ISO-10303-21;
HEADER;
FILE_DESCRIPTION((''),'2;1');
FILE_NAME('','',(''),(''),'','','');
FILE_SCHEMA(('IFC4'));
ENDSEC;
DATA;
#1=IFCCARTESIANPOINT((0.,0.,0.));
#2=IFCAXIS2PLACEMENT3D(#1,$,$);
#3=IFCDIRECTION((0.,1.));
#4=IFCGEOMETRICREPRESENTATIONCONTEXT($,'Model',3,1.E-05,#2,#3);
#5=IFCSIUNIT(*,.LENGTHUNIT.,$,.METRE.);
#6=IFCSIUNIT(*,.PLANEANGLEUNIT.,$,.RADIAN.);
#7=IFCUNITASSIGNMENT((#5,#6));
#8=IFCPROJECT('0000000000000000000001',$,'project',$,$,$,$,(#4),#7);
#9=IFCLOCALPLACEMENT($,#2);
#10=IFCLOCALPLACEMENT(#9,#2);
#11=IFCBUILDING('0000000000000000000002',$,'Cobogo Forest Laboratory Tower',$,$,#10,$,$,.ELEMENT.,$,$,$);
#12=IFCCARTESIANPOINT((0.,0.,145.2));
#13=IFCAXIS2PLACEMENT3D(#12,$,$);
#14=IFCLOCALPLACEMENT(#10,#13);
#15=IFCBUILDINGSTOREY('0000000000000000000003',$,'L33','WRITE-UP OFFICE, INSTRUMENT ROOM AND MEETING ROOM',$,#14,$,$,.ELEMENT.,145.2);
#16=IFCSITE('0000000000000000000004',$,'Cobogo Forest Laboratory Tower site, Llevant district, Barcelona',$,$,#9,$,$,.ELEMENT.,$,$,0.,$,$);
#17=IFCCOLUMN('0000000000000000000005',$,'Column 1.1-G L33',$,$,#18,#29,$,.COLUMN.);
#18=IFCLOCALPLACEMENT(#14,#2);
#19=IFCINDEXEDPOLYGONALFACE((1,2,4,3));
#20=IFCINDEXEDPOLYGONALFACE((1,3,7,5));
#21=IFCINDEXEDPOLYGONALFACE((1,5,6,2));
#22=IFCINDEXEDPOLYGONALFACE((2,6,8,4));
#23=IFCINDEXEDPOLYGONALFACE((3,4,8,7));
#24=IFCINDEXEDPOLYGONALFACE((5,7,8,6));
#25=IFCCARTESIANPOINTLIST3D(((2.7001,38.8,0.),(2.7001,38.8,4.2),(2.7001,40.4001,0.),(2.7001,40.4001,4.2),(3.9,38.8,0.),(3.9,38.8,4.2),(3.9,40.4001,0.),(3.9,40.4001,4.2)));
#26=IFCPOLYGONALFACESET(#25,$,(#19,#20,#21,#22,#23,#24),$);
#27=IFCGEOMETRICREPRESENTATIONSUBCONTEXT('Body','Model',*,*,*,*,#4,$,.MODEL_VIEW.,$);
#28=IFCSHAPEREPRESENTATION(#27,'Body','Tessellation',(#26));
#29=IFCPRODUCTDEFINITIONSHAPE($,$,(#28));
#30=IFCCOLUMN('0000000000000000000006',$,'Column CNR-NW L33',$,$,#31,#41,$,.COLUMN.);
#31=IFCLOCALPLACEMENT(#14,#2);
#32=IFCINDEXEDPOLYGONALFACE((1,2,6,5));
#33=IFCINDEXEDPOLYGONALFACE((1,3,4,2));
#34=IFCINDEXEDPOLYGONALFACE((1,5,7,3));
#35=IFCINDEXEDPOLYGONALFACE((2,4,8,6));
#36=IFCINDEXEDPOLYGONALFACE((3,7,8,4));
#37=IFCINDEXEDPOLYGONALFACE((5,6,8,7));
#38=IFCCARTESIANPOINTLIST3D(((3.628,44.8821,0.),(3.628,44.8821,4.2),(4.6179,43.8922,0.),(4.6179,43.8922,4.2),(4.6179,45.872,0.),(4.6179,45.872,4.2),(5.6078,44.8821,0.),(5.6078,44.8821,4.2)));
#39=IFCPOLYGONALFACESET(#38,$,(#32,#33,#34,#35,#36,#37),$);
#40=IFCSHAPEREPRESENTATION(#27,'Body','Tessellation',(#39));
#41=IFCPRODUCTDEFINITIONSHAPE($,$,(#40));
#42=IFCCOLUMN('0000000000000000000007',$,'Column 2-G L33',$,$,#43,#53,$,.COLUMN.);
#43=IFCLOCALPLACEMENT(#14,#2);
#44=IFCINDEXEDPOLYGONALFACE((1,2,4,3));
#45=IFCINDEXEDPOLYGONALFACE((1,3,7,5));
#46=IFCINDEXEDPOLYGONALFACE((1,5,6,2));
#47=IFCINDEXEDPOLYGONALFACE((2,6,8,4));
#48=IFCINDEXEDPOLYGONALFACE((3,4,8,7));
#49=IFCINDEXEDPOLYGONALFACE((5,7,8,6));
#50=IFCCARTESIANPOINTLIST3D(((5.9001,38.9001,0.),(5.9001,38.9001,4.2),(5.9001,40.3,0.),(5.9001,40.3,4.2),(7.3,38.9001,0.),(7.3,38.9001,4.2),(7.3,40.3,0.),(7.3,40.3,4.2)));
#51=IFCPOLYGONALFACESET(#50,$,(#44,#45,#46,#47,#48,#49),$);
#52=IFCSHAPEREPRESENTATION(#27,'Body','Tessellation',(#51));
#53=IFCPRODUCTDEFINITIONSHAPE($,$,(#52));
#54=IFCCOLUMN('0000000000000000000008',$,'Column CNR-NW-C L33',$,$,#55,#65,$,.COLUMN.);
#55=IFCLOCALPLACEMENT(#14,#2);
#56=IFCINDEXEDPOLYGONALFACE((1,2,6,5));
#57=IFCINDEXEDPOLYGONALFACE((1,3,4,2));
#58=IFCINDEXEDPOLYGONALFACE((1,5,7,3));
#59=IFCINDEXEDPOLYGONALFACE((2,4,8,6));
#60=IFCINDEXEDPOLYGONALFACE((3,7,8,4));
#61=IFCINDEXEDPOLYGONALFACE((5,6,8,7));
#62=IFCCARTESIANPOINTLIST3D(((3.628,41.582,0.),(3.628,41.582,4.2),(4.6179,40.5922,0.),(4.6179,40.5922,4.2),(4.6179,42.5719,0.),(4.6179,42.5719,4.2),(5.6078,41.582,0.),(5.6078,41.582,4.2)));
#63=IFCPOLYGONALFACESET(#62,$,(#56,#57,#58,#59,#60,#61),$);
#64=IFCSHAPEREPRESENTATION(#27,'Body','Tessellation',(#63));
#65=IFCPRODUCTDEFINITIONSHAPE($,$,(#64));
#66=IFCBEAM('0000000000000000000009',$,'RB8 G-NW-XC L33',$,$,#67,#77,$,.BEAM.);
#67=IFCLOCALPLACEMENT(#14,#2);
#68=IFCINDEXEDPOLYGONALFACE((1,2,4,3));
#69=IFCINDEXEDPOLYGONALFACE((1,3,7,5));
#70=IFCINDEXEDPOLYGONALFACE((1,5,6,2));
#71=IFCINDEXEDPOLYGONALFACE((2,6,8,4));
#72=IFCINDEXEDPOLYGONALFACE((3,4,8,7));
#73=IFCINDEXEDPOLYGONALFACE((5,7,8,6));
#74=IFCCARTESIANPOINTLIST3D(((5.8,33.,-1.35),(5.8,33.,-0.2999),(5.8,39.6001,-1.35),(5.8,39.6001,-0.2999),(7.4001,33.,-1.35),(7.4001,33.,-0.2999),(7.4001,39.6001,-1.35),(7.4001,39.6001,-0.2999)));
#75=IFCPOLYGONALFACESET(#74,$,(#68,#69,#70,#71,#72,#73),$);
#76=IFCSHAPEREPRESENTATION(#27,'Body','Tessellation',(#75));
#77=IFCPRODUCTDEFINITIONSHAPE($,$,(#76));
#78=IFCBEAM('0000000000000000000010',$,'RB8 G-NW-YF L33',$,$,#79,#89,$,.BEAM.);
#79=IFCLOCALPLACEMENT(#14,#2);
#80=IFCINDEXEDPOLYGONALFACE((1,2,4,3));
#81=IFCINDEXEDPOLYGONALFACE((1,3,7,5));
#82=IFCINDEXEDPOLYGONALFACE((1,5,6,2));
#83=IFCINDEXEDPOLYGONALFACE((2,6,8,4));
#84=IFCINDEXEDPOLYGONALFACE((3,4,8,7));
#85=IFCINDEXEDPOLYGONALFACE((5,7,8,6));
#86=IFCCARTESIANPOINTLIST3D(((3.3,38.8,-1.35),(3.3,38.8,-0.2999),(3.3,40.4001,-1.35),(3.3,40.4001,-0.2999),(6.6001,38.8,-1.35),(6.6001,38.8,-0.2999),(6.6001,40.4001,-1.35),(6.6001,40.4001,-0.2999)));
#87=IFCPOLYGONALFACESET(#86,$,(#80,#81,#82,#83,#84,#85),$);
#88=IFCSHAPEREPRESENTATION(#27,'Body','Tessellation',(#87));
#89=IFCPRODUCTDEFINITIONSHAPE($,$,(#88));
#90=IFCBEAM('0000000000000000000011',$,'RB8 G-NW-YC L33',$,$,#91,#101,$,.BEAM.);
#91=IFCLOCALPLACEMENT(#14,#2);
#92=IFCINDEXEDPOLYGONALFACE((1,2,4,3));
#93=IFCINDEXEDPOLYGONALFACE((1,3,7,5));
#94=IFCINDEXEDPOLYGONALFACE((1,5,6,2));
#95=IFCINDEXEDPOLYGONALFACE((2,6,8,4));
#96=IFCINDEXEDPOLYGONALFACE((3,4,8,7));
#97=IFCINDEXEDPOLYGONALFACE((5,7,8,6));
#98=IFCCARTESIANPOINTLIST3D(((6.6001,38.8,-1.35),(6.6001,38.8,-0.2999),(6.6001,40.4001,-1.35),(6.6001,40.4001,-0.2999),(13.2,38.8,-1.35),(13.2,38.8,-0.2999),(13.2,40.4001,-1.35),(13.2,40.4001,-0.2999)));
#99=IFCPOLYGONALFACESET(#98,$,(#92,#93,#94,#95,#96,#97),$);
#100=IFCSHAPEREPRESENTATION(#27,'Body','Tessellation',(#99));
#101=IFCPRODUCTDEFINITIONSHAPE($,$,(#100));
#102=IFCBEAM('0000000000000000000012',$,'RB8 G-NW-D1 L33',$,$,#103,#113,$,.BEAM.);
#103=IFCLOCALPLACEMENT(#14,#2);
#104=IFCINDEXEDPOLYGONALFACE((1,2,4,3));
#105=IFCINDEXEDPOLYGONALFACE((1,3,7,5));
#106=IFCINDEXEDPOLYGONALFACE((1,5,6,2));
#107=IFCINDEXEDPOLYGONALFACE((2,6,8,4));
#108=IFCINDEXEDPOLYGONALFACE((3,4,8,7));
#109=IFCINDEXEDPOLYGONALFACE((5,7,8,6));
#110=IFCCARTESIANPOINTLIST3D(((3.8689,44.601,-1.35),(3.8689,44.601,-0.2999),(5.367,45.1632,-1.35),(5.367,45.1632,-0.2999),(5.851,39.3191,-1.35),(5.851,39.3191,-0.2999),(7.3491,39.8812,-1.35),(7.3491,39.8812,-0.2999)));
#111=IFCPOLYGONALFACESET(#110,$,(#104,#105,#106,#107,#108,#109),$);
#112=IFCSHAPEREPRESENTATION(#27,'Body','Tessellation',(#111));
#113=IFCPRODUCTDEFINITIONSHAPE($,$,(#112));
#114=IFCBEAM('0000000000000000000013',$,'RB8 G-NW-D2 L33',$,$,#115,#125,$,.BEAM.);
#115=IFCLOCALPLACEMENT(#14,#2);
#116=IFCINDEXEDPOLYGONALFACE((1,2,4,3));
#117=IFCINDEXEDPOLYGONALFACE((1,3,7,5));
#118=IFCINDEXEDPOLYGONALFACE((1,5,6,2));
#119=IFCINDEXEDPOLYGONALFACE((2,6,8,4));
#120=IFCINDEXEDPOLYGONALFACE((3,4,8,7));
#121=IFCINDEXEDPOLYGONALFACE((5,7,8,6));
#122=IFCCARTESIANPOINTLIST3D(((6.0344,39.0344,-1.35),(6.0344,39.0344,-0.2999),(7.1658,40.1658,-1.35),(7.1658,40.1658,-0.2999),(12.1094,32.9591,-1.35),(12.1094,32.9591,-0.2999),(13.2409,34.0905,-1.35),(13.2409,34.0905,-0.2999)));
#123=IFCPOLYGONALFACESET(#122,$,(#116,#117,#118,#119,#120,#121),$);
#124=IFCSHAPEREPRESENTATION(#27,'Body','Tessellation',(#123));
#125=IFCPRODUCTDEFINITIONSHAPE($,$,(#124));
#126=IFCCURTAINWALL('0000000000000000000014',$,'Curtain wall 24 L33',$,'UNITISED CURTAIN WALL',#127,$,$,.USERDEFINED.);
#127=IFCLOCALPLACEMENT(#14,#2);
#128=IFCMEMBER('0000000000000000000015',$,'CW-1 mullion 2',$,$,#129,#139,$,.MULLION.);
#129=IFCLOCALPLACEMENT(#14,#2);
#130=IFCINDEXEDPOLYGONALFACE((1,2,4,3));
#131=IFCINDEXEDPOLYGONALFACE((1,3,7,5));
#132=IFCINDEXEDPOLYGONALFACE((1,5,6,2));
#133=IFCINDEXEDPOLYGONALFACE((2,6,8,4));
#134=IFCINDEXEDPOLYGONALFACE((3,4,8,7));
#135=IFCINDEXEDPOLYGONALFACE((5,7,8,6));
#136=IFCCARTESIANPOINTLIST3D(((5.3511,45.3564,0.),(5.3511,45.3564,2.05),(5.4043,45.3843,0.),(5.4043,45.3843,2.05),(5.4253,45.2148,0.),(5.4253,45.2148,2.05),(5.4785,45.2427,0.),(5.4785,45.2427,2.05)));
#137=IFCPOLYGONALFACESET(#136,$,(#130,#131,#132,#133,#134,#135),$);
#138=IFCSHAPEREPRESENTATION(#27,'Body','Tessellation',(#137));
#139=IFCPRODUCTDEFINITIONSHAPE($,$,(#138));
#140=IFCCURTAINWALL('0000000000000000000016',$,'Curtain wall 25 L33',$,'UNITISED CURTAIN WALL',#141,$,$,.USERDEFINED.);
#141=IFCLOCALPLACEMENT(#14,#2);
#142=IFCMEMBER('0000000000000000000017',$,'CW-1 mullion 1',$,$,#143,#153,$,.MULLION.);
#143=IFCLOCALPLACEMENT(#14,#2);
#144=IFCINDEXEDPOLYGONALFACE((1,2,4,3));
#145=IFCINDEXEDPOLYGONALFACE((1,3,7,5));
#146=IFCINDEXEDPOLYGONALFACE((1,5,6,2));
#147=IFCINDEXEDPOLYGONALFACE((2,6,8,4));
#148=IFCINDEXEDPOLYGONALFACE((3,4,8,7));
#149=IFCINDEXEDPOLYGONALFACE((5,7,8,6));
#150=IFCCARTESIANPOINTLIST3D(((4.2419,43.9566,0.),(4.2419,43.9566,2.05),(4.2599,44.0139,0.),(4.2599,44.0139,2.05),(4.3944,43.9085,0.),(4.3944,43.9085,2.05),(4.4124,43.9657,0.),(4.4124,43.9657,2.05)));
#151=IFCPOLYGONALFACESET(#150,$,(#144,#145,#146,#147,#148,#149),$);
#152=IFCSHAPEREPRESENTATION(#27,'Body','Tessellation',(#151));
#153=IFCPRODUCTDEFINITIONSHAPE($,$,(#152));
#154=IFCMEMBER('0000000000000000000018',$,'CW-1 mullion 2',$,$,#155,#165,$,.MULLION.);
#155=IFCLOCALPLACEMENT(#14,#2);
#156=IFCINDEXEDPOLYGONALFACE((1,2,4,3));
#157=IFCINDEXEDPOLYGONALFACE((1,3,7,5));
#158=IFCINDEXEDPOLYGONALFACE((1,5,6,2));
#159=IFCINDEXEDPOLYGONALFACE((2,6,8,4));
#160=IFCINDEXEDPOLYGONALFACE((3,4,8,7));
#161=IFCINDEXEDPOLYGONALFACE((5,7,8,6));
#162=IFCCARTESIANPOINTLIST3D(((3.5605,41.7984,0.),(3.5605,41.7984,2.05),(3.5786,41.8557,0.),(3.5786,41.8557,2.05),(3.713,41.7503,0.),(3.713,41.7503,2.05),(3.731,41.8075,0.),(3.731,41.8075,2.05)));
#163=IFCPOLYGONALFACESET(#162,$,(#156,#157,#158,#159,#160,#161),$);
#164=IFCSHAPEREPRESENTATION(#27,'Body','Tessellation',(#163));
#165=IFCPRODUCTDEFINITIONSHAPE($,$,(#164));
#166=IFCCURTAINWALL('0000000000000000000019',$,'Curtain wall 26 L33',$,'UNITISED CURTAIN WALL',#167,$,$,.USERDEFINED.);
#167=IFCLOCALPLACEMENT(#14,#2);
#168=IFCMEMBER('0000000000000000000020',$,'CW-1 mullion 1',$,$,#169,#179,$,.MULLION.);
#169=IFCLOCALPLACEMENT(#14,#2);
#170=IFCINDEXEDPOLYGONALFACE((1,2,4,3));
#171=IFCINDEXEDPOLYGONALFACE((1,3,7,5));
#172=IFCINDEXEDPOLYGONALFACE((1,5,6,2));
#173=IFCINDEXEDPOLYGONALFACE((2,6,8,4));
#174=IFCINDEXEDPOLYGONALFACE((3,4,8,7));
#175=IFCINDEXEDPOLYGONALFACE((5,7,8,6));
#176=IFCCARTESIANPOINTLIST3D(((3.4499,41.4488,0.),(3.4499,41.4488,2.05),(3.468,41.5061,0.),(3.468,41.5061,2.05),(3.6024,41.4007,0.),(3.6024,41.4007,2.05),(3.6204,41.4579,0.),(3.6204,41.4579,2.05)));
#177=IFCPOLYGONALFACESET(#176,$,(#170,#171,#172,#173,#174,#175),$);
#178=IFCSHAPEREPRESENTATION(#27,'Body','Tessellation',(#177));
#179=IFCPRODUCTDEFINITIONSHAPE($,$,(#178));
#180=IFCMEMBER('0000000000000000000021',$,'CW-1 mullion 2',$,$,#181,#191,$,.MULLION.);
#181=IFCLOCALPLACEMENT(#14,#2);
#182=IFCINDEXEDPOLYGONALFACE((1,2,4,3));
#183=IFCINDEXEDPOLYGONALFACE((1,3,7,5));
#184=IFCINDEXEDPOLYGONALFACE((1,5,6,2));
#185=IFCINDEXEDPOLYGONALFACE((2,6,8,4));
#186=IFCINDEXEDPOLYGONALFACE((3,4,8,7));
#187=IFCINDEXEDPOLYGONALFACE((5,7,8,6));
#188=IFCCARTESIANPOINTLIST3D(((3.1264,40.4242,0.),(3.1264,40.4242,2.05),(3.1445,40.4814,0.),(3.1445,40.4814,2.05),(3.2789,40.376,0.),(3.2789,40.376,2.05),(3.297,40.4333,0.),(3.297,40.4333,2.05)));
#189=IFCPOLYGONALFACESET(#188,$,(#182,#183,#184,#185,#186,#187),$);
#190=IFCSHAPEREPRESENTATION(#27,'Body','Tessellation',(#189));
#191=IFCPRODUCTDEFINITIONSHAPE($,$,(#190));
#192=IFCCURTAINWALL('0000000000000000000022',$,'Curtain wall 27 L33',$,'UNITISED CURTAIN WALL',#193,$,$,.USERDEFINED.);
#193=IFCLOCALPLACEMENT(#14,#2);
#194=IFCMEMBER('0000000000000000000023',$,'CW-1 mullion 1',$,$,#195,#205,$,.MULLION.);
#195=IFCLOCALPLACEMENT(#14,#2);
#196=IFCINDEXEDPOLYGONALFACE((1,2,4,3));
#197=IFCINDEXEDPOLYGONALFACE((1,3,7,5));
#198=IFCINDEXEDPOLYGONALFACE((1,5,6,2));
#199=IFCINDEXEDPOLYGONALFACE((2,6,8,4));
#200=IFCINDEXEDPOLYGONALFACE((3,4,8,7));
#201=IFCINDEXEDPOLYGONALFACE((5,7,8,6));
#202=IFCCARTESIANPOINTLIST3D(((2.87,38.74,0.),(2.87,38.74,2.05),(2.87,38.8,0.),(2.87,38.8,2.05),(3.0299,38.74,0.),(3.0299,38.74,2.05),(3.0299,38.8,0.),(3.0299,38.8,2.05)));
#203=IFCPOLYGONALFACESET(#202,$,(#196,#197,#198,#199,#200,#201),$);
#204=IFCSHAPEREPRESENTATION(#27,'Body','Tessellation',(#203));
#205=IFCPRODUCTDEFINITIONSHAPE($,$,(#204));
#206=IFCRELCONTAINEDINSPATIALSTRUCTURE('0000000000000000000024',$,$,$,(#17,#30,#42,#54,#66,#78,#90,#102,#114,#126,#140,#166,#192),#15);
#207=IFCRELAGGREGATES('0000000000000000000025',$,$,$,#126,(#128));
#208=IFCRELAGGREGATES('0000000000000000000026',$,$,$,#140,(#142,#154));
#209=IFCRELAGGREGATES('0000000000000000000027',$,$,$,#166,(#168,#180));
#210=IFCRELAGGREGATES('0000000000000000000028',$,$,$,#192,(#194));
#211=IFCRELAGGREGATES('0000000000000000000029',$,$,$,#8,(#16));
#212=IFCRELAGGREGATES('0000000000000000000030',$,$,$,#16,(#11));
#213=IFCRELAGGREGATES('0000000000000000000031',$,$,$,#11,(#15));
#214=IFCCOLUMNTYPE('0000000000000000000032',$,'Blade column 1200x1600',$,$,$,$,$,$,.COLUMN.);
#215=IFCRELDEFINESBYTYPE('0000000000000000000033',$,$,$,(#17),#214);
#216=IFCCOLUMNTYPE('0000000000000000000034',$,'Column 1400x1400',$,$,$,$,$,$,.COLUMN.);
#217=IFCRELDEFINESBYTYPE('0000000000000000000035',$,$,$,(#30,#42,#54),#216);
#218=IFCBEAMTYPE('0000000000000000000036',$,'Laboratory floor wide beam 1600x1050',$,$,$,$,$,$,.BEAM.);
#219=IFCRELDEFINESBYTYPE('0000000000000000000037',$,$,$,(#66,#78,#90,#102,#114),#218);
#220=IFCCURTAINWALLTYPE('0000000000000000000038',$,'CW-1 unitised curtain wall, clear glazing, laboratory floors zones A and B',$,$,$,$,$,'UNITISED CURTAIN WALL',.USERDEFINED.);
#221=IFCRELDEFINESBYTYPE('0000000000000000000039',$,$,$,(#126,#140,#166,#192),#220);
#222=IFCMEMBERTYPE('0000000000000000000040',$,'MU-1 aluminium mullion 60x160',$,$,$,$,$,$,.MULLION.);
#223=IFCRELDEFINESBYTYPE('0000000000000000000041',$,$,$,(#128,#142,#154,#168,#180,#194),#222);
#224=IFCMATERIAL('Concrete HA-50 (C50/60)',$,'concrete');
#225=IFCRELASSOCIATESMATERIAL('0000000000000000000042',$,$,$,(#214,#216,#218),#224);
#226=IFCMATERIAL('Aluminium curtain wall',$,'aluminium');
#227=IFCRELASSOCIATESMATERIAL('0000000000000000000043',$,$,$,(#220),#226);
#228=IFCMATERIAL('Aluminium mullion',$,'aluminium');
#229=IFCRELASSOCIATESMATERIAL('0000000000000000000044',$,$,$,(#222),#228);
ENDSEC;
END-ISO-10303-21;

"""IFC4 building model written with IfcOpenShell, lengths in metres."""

from ifc_helpers import new_model, si_unit, direction, frame, origin, origin_2d, place, context, subcontext, project, spatial, rectangle, extrude, material, material_profile, profile_set, type_object, element, aggregate, save


model = new_model("IFC4")

# Units and contexts
model_context = context("Model", 3, precision=1e-05, world=origin(), true_north=direction((0.0, 1.0)))
body_context = subcontext(model_context, "Body", "Model", "MODEL_VIEW")
ifc_project = project(units=[si_unit("LENGTHUNIT", "METRE"), si_unit("PLANEANGLEUNIT", "RADIAN")], contexts=[model_context])

# Site, building, storey
site_placement = place(None, origin())
site = spatial("IfcSite", under=ifc_project, at=site_placement, Name="Cobogo Forest Laboratory Tower site, Llevant district, Barcelona", CompositionType="ELEMENT", RefElevation=0.0)
building_placement = place(site_placement, origin())
building = spatial("IfcBuilding", under=site, at=building_placement, Name="Cobogo Forest Laboratory Tower", CompositionType="ELEMENT")
storey_placement = place(building_placement, frame((0.0, 0.0, 145.2)))
storey = spatial("IfcBuildingStorey", under=building, at=storey_placement, Name="L33", Description="WRITE-UP OFFICE, INSTRUMENT ROOM AND MEETING ROOM", CompositionType="ELEMENT", Elevation=145.2)

# Columns
ifc_material_1 = material(Name="Concrete HA-50 (C50/60)", Category="concrete")
ifc_material_profile_1 = material_profile(ifc_material_1, rectangle(XDim=1.6001, YDim=1.2, at=origin_2d()), Name="RC 1200x1600")
ifc_profile_set_1 = profile_set([ifc_material_profile_1], Name="Concrete HA-50 (C50/60)")
column_type_1 = type_object("IfcColumnType", Name="Blade column 1200x1600", PredefinedType="COLUMN", material=ifc_profile_set_1)
column_placement = place(storey_placement, frame((3.3, 39.6001, 0.0), z_axis=(0.0, 0.0, 1.0), x_axis=(0.0, 1.0, 0.0)))
element("IfcColumn", 1, at=column_placement, inside=storey, type_object=column_type_1, Name="Column 1.1-G L33", PredefinedType="COLUMN", context=body_context, shape_type="SweptSolid", body=[
    extrude(rectangle(XDim=1.6001, YDim=1.2, at=origin_2d()), origin(), (0.0, 0.0, 1.0), 4.2),
])
ifc_material_profile_2 = material_profile(ifc_material_1, rectangle(XDim=1.3999, YDim=1.3999, at=origin_2d()), Name="RC 1400x1400")
ifc_profile_set_2 = profile_set([ifc_material_profile_2], Name="Concrete HA-50 (C50/60)")
column_type_2 = type_object("IfcColumnType", Name="Column 1400x1400", PredefinedType="COLUMN", material=ifc_profile_set_2)
for number, where, z_axis, x_axis, name in (
    (2, (4.6179, 44.8821, 0.0), (0.0, 0.0, 1.0), (0.707107, 0.707107, 0.0), "Column CNR-NW L33"),
    (3, (6.6001, 39.6001, 0.0), (0.0, 0.0, 1.0), (1.0, 0.0, 0.0), "Column 2-G L33"),
    (4, (4.6179, 41.582, 0.0), (0.0, 0.0, 1.0), (0.707107, 0.707107, 0.0), "Column CNR-NW-C L33"),
):
    element("IfcColumn", number, at=place(storey_placement, frame(where, z_axis=z_axis, x_axis=x_axis)), inside=storey, type_object=column_type_2, Name=name, PredefinedType="COLUMN", context=body_context, shape_type="SweptSolid", body=[
        extrude(rectangle(XDim=1.3999, YDim=1.3999, at=origin_2d()), origin(), (0.0, 0.0, 1.0), 4.2),
    ])

# Beams
ifc_material_profile_3 = material_profile(ifc_material_1, rectangle(XDim=1.6001, YDim=1.05, at=origin_2d()), Name="RC 1600x1050")
ifc_profile_set_3 = profile_set([ifc_material_profile_3], Name="Concrete HA-50 (C50/60)")
beam_type_1 = type_object("IfcBeamType", Name="Laboratory floor wide beam 1600x1050", PredefinedType="BEAM", material=ifc_profile_set_3)
beam_1_placement = place(storey_placement, frame((6.6001, 39.6001, -0.825), z_axis=(0.0, -1.0, 0.0), x_axis=(1.0, 0.0, 0.0)))
element("IfcBeam", 5, at=beam_1_placement, inside=storey, type_object=beam_type_1, Name="RB8 G-NW-XC L33", PredefinedType="BEAM", context=body_context, shape_type="SweptSolid", body=[
    extrude(rectangle(XDim=1.6001, YDim=1.05, at=origin_2d()), origin(), (0.0, 0.0, 1.0), 6.6001),
])
beam_2_placement = place(storey_placement, frame((3.3, 39.6001, -0.825), z_axis=(1.0, 0.0, 0.0), x_axis=(0.0, 1.0, 0.0)))
element("IfcBeam", 6, at=beam_2_placement, inside=storey, type_object=beam_type_1, Name="RB8 G-NW-YF L33", PredefinedType="BEAM", context=body_context, shape_type="SweptSolid", body=[
    extrude(rectangle(XDim=1.6001, YDim=1.05, at=origin_2d()), origin(), (0.0, 0.0, 1.0), 3.3),
])
beam_3_placement = place(storey_placement, frame((6.6001, 39.6001, -0.825), z_axis=(1.0, 0.0, 0.0), x_axis=(0.0, 1.0, 0.0)))
element("IfcBeam", 7, at=beam_3_placement, inside=storey, type_object=beam_type_1, Name="RB8 G-NW-YC L33", PredefinedType="BEAM", context=body_context, shape_type="SweptSolid", body=[
    extrude(rectangle(XDim=1.6001, YDim=1.05, at=origin_2d()), origin(), (0.0, 0.0, 1.0), 6.5999),
])
beam_4_placement = place(storey_placement, frame((4.6179, 44.8821, -0.825), z_axis=(0.351346, -0.936246, 0.0), x_axis=(0.936246, 0.351346, 0.0)))
element("IfcBeam", 8, at=beam_4_placement, inside=storey, type_object=beam_type_1, Name="RB8 G-NW-D1 L33", PredefinedType="BEAM", context=body_context, shape_type="SweptSolid", body=[
    extrude(rectangle(XDim=1.6001, YDim=1.05, at=origin_2d()), origin(), (0.0, 0.0, 1.0), 5.6416),
])
beam_5_placement = place(storey_placement, frame((6.6001, 39.6001, -0.825), z_axis=(0.707093, -0.707121, 0.0), x_axis=(0.707121, 0.707093, 0.0)))
element("IfcBeam", 9, at=beam_5_placement, inside=storey, type_object=beam_type_1, Name="RB8 G-NW-D2 L33", PredefinedType="BEAM", context=body_context, shape_type="SweptSolid", body=[
    extrude(rectangle(XDim=1.6001, YDim=1.05, at=origin_2d()), origin(), (0.0, 0.0, 1.0), 8.5916),
])

# Curtain wall, member
ifc_material_2 = material(Name="Aluminium curtain wall", Category="aluminium")
curtain_wall_type = type_object("IfcCurtainWallType", Name="CW-1 unitised curtain wall, clear glazing, laboratory floors zones A and B", ElementType="UNITISED CURTAIN WALL", PredefinedType="USERDEFINED", material=ifc_material_2)
curtain_wall_1_placement = place(storey_placement, origin())
curtain_wall_1 = element("IfcCurtainWall", 10, at=curtain_wall_1_placement, inside=storey, type_object=curtain_wall_type, Name="Curtain wall 24 L33", ObjectType="UNITISED CURTAIN WALL", PredefinedType="USERDEFINED")
ifc_material_3 = material(Name="Aluminium mullion", Category="aluminium")
ifc_material_profile_4 = material_profile(ifc_material_3, rectangle(XDim=0.0601, YDim=0.1599, at=origin_2d()), Name="AL 60x160")
ifc_profile_set_4 = profile_set([ifc_material_profile_4], Name="Aluminium mullion")
member_type_1 = type_object("IfcMemberType", Name="MU-1 aluminium mullion 60x160", PredefinedType="MULLION", material=ifc_profile_set_4)
member_1_placement = place(storey_placement, frame((5.4148, 45.2996, 0.0), z_axis=(0.0, 0.0, 1.0), x_axis=(-0.885687, -0.464284, 0.0)))
member_1 = element("IfcMember", 11, at=member_1_placement, type_object=member_type_1, Name="CW-1 mullion 2", PredefinedType="MULLION", context=body_context, shape_type="SweptSolid", body=[
    extrude(rectangle(XDim=0.0601, YDim=0.1599, at=origin_2d()), origin(), (0.0, 0.0, 1.0), 2.05),
])

# Curtain walls, members
curtain_wall_2_placement = place(storey_placement, origin())
curtain_wall_2 = element("IfcCurtainWall", 12, at=curtain_wall_2_placement, inside=storey, type_object=curtain_wall_type, Name="Curtain wall 25 L33", ObjectType="UNITISED CURTAIN WALL", PredefinedType="USERDEFINED")
member_2_placement = place(storey_placement, frame((4.3271, 43.9612, 0.0), z_axis=(0.0, 0.0, 1.0), x_axis=(-0.301135, -0.953581, 0.0)))
member_2 = element("IfcMember", 13, at=member_2_placement, type_object=member_type_1, Name="CW-1 mullion 1", PredefinedType="MULLION", context=body_context, shape_type="SweptSolid", body=[
    extrude(rectangle(XDim=0.0601, YDim=0.1599, at=origin_2d()), origin(), (0.0, 0.0, 1.0), 2.05),
])
member_3_placement = place(storey_placement, frame((3.6458, 41.803, 0.0), z_axis=(0.0, 0.0, 1.0), x_axis=(-0.301135, -0.953581, 0.0)))
member_3 = element("IfcMember", 14, at=member_3_placement, type_object=member_type_1, Name="CW-1 mullion 2", PredefinedType="MULLION", context=body_context, shape_type="SweptSolid", body=[
    extrude(rectangle(XDim=0.0601, YDim=0.1599, at=origin_2d()), origin(), (0.0, 0.0, 1.0), 2.05),
])
curtain_wall_3_placement = place(storey_placement, origin())
curtain_wall_3 = element("IfcCurtainWall", 15, at=curtain_wall_3_placement, inside=storey, type_object=curtain_wall_type, Name="Curtain wall 26 L33", ObjectType="UNITISED CURTAIN WALL", PredefinedType="USERDEFINED")
member_4_placement = place(storey_placement, frame((3.5352, 41.4534, 0.0), z_axis=(0.0, 0.0, 1.0), x_axis=(-0.301136, -0.953581, 0.0)))
member_4 = element("IfcMember", 16, at=member_4_placement, type_object=member_type_1, Name="CW-1 mullion 1", PredefinedType="MULLION", context=body_context, shape_type="SweptSolid", body=[
    extrude(rectangle(XDim=0.0601, YDim=0.1599, at=origin_2d()), origin(), (0.0, 0.0, 1.0), 2.05),
])
member_5_placement = place(storey_placement, frame((3.2117, 40.4287, 0.0), z_axis=(0.0, 0.0, 1.0), x_axis=(-0.301136, -0.953581, 0.0)))
member_5 = element("IfcMember", 17, at=member_5_placement, type_object=member_type_1, Name="CW-1 mullion 2", PredefinedType="MULLION", context=body_context, shape_type="SweptSolid", body=[
    extrude(rectangle(XDim=0.0601, YDim=0.1599, at=origin_2d()), origin(), (0.0, 0.0, 1.0), 2.05),
])
curtain_wall_4_placement = place(storey_placement, origin())
curtain_wall_4 = element("IfcCurtainWall", 18, at=curtain_wall_4_placement, inside=storey, type_object=curtain_wall_type, Name="Curtain wall 27 L33", ObjectType="UNITISED CURTAIN WALL", PredefinedType="USERDEFINED")
member_6_placement = place(storey_placement, frame((2.95, 38.77, 0.0), z_axis=(0.0, 0.0, 1.0), x_axis=(0.0, -1.0, 0.0)))
member_6 = element("IfcMember", 19, at=member_6_placement, type_object=member_type_1, Name="CW-1 mullion 1", PredefinedType="MULLION", context=body_context, shape_type="SweptSolid", body=[
    extrude(rectangle(XDim=0.0601, YDim=0.1599, at=origin_2d()), origin(), (0.0, 0.0, 1.0), 2.05),
])

aggregate(curtain_wall_1, [member_1])
aggregate(curtain_wall_2, [member_2, member_3])
aggregate(curtain_wall_3, [member_4, member_5])
aggregate(curtain_wall_4, [member_6])

save(model, "model.ifc")
